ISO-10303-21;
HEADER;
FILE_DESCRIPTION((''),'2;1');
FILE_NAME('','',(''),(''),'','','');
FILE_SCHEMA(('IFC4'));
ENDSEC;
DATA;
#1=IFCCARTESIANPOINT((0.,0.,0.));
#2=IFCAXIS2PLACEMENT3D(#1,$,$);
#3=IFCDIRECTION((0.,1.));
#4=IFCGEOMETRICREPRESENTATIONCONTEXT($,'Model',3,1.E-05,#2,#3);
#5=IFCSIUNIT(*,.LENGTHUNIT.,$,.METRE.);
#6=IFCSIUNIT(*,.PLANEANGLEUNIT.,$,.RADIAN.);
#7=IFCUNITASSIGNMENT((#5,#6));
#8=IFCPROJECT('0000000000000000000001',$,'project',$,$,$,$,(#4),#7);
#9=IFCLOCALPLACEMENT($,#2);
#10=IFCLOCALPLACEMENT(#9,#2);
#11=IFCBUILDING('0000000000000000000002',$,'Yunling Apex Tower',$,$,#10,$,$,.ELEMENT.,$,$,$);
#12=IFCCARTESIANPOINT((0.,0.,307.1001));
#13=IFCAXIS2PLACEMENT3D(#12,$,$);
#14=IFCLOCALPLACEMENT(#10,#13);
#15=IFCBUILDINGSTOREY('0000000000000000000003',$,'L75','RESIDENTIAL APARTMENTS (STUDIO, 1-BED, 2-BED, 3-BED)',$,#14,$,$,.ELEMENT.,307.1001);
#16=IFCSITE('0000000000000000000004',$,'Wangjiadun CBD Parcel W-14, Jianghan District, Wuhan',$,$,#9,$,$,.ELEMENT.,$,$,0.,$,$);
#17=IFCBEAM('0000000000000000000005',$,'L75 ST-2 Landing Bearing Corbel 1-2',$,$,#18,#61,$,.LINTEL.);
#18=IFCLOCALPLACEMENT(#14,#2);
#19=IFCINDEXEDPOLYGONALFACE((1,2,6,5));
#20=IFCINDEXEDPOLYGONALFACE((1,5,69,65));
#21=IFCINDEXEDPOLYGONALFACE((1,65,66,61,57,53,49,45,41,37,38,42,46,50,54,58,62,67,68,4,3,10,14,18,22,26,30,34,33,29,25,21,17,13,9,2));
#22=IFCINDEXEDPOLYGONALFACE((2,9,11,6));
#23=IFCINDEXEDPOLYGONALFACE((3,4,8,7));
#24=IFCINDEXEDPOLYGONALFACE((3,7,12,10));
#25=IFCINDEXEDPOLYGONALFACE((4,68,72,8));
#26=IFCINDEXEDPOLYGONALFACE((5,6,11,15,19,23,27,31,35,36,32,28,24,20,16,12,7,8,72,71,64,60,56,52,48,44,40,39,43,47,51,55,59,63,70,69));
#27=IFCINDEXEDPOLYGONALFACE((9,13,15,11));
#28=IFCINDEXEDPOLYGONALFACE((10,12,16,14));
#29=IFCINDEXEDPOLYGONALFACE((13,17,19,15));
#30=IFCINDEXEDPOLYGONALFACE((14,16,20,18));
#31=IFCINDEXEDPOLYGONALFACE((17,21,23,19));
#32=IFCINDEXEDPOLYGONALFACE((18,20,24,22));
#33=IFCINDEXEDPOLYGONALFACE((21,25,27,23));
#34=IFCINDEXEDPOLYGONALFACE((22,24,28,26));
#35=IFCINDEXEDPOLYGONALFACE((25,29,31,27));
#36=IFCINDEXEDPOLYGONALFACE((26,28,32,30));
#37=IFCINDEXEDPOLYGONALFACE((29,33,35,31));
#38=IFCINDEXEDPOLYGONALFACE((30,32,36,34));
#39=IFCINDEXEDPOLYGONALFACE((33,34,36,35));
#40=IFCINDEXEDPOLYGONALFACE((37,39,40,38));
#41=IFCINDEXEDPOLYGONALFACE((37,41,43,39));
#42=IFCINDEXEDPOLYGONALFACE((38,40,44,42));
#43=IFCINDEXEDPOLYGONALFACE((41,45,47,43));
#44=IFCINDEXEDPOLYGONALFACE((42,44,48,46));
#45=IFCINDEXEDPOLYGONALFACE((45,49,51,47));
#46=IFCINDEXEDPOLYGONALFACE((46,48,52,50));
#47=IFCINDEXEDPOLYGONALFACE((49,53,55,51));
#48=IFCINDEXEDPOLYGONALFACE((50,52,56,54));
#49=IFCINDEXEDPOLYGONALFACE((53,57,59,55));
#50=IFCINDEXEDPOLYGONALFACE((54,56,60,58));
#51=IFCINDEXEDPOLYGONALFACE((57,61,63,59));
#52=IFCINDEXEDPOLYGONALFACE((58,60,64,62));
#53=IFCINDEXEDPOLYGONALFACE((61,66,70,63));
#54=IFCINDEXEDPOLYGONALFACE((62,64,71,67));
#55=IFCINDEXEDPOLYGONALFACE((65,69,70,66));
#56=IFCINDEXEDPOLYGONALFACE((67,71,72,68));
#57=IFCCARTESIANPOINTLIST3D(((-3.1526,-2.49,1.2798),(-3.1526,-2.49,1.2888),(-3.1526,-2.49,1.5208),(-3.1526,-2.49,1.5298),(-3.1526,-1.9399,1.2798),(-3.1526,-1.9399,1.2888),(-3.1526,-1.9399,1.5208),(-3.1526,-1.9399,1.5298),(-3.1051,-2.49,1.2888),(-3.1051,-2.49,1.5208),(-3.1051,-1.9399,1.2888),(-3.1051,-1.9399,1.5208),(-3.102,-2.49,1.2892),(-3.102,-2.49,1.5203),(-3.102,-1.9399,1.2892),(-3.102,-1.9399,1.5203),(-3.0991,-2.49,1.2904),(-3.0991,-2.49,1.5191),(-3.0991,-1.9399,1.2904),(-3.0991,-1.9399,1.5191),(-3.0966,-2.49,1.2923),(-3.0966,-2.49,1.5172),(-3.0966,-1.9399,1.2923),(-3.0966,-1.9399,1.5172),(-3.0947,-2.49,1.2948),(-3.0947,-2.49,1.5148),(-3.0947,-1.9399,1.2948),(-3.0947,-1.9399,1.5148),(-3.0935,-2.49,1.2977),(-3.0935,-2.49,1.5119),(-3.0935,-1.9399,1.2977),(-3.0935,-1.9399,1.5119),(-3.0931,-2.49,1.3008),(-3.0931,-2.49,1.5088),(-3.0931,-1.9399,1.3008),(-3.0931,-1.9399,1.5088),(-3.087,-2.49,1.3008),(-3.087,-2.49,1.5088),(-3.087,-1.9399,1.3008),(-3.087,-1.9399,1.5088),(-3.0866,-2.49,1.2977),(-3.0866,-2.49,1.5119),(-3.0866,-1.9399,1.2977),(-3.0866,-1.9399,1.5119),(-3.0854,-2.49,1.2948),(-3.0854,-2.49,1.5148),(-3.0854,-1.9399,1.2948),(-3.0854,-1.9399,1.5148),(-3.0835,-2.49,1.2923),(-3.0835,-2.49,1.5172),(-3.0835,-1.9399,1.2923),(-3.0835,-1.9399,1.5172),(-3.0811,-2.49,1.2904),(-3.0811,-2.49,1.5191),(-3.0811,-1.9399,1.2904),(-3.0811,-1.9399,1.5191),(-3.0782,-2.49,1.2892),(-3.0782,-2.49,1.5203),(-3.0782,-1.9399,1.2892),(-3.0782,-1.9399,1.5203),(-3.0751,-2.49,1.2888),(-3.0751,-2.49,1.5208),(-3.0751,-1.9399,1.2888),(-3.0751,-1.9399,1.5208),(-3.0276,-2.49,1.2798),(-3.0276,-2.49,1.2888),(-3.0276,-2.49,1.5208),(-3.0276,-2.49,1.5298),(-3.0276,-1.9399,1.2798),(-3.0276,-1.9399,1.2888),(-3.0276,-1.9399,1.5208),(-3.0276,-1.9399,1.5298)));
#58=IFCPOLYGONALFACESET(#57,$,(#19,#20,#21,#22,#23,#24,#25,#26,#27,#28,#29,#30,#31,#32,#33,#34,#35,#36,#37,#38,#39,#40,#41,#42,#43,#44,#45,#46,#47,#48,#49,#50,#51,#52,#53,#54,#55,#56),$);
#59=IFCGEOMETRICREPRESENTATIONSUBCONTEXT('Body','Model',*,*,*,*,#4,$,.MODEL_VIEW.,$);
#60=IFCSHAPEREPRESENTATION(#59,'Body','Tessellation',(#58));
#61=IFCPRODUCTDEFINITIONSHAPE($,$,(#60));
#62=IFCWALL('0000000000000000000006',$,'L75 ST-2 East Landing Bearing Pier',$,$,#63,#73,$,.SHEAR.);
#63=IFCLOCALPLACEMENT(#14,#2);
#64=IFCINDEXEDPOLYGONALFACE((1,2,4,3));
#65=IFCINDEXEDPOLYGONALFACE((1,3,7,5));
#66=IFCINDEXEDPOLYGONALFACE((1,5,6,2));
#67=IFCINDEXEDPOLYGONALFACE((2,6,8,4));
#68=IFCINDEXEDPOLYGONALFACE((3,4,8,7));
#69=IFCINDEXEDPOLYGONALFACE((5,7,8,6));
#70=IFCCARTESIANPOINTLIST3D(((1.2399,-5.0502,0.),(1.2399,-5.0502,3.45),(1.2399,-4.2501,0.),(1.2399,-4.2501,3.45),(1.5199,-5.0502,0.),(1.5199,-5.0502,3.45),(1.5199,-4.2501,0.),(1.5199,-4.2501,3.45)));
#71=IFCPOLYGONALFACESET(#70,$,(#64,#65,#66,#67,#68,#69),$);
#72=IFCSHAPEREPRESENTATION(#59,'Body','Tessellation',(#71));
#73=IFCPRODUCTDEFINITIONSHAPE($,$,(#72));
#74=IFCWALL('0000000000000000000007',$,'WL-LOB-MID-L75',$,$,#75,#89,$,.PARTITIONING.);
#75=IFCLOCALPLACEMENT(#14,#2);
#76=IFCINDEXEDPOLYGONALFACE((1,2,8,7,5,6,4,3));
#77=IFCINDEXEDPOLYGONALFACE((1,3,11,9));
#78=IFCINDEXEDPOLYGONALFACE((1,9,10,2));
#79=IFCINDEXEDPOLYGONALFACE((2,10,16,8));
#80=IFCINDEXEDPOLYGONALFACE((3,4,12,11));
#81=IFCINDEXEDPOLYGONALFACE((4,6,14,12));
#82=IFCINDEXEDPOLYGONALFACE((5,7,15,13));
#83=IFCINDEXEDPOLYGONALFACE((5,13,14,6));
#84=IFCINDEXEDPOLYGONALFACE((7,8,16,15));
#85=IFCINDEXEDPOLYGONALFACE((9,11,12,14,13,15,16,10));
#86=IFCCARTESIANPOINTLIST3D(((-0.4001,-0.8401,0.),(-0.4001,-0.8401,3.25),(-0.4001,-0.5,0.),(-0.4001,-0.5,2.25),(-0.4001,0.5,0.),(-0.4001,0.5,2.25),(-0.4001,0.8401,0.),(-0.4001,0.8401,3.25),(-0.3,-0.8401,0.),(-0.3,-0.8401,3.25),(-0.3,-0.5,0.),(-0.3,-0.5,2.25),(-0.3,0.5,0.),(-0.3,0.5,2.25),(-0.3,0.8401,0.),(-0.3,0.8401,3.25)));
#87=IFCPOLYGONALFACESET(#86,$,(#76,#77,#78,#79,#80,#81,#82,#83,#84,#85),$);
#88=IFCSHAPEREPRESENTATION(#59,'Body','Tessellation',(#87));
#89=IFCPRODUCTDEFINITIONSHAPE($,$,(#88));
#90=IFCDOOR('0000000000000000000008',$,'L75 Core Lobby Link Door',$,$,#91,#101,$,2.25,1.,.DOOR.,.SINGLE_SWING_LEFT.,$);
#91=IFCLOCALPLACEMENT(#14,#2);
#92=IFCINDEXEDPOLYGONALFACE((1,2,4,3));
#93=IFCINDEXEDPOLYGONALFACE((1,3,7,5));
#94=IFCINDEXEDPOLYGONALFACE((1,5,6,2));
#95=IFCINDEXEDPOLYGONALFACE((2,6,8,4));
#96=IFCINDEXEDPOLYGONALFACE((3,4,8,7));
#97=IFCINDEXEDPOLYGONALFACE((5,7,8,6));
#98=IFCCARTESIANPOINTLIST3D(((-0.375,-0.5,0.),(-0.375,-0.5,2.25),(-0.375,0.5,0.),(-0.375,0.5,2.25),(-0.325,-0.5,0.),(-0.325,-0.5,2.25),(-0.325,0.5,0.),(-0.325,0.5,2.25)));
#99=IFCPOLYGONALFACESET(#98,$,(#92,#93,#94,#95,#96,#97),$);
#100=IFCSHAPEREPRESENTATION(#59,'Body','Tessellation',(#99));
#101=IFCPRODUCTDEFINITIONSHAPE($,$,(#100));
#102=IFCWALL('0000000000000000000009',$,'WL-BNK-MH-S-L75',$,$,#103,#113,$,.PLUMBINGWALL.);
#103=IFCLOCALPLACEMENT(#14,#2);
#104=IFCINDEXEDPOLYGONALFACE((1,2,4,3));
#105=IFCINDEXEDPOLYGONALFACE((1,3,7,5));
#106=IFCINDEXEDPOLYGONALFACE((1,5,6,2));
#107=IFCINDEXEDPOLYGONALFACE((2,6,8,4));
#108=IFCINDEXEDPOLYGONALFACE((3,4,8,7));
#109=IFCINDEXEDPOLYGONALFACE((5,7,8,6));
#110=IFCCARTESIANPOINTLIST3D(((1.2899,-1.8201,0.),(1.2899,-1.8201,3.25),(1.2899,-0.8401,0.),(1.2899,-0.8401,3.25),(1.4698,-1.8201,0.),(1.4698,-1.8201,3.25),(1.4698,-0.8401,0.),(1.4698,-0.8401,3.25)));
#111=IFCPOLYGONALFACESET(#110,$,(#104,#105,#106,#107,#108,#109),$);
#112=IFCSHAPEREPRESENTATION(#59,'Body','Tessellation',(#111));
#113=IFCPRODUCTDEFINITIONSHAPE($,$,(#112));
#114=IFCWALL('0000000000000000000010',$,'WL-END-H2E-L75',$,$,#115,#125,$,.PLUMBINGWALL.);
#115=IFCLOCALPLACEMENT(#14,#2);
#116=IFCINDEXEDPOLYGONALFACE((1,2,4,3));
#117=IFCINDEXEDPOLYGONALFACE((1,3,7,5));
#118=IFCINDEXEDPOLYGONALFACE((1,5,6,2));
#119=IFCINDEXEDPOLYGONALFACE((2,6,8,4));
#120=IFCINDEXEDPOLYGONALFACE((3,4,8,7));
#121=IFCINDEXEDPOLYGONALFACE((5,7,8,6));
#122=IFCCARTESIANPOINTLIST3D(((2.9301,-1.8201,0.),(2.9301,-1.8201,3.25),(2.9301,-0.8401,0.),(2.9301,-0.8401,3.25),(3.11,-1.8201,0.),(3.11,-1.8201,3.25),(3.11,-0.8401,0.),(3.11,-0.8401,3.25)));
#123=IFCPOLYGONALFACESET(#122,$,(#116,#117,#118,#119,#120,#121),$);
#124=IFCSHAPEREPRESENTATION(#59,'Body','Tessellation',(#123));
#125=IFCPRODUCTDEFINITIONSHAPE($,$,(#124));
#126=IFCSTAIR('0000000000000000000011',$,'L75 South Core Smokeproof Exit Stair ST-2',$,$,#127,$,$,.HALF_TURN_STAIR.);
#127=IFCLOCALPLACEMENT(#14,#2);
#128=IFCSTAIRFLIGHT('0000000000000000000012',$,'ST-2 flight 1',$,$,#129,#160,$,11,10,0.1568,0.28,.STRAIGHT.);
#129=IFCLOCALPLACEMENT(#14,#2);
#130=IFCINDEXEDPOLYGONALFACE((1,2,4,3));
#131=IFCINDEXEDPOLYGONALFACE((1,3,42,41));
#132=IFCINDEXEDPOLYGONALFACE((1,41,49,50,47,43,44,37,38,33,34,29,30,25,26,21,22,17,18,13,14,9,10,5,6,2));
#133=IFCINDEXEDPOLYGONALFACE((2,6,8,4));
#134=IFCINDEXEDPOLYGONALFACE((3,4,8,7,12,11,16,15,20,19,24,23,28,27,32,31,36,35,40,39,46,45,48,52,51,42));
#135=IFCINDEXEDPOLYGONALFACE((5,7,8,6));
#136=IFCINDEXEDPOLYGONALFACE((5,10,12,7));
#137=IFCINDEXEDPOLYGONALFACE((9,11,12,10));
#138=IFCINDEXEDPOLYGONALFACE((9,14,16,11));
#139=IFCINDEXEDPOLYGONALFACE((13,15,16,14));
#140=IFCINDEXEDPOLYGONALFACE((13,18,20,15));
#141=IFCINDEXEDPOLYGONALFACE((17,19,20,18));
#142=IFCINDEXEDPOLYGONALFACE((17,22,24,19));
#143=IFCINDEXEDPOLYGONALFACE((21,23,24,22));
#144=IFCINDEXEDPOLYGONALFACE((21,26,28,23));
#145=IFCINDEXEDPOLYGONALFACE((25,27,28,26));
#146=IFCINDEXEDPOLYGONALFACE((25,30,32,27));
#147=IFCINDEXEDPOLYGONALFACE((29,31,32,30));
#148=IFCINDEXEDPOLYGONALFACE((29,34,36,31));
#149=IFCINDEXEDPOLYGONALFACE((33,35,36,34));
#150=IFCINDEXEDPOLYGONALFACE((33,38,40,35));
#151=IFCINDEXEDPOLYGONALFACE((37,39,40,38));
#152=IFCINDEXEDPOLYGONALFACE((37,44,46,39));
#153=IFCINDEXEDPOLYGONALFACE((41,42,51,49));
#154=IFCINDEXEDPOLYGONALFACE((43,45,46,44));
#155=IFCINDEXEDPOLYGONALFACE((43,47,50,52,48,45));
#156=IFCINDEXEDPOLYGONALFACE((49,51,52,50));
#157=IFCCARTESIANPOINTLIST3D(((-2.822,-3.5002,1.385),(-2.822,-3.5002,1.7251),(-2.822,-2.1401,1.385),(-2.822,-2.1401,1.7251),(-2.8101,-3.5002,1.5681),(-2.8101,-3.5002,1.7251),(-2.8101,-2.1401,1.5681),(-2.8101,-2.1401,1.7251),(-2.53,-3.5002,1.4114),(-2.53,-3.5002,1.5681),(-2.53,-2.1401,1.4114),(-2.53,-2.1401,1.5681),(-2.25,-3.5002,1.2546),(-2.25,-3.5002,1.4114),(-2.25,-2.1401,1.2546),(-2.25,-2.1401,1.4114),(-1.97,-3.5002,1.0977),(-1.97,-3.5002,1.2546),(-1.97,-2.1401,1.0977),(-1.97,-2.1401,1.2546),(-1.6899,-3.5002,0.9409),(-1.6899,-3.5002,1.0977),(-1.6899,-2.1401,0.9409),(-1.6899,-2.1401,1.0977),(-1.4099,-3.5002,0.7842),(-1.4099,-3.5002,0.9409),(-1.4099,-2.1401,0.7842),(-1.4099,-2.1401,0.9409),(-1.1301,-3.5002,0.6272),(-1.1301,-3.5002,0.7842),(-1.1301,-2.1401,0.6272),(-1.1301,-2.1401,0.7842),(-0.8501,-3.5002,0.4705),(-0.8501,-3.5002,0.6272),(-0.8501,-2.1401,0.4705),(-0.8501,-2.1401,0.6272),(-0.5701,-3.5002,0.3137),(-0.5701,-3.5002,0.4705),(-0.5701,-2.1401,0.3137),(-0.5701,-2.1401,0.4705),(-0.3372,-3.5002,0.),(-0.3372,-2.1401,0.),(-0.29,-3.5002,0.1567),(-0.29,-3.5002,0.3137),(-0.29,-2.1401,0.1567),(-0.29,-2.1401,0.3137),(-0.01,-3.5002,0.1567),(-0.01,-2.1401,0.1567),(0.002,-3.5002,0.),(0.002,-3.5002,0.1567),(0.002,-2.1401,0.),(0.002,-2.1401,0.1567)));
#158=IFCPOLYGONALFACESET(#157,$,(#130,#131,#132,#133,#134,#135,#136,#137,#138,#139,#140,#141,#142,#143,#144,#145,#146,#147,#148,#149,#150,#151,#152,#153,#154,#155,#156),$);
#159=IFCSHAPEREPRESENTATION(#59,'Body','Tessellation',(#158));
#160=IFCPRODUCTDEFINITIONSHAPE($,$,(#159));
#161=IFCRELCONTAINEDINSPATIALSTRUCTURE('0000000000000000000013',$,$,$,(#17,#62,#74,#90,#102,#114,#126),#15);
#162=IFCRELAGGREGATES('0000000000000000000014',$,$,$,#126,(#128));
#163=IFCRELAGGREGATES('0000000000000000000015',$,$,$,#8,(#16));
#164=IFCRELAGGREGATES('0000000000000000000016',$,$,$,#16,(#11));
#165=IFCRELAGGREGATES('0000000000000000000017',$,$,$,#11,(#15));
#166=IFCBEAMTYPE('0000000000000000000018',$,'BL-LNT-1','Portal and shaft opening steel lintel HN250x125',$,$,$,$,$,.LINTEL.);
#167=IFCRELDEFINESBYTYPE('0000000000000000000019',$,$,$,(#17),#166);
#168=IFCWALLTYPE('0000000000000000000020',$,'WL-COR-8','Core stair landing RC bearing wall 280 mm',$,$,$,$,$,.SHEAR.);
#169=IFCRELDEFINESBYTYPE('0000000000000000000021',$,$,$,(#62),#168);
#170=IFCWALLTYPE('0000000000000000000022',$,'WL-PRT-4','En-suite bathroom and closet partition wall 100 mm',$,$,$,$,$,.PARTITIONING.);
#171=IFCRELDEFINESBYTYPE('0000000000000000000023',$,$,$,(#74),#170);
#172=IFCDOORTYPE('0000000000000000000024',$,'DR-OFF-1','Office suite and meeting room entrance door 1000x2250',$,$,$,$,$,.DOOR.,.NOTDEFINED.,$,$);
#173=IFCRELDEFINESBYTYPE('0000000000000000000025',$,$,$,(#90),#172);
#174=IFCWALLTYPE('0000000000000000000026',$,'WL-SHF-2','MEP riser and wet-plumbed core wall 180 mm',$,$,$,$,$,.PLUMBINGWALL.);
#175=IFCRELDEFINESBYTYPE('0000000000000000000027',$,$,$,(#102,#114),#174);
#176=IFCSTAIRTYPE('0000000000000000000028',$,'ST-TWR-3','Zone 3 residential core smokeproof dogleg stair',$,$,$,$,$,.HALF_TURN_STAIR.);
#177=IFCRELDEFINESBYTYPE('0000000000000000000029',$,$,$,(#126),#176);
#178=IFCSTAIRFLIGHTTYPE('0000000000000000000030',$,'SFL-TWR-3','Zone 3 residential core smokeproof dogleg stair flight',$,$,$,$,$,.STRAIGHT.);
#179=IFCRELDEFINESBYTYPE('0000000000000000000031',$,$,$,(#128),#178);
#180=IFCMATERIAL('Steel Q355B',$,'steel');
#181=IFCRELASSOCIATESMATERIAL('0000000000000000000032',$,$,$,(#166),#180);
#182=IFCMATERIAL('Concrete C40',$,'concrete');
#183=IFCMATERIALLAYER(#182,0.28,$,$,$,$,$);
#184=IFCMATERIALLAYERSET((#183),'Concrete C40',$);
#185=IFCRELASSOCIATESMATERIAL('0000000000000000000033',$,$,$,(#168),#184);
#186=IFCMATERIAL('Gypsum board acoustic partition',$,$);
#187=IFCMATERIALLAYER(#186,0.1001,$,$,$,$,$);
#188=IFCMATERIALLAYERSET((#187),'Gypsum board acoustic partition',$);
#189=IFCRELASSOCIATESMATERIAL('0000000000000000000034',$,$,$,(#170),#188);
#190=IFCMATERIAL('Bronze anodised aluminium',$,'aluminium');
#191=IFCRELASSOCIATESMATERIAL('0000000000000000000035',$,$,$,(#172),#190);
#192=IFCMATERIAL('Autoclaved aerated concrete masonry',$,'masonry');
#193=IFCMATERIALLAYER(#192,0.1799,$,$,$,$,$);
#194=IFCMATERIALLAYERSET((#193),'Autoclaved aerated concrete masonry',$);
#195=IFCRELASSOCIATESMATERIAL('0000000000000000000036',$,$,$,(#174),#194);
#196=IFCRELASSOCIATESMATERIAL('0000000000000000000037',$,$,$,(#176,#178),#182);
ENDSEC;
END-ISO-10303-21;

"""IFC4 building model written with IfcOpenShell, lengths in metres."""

from ifc_helpers import new_model, si_unit, direction, frame, frame_2d, origin, origin_2d, place, context, subcontext, project, spatial, polyline, rectangle, i_section, outline, extrude, source, transform, mapped, material, layer, layer_set, material_profile, profile_set, type_object, element, fill, aggregate, save


model = new_model("IFC4")

# Units and contexts
model_context = context("Model", 3, precision=1e-05, world=origin(), true_north=direction((0.0, 1.0)))
body_context = subcontext(model_context, "Body", "Model", "MODEL_VIEW")
ifc_project = project(units=[si_unit("LENGTHUNIT", "METRE"), si_unit("PLANEANGLEUNIT", "RADIAN")], contexts=[model_context])

# Site, building, storey
site_placement = place(None, origin())
site = spatial("IfcSite", under=ifc_project, at=site_placement, Name="Wangjiadun CBD Parcel W-14, Jianghan District, Wuhan", CompositionType="ELEMENT", RefElevation=0.0)
building_placement = place(site_placement, origin())
building = spatial("IfcBuilding", under=site, at=building_placement, Name="Yunling Apex Tower", CompositionType="ELEMENT")
storey_placement = place(building_placement, frame((0.0, 0.0, 307.1001)))
storey = spatial("IfcBuildingStorey", under=building, at=storey_placement, Name="L75", Description="RESIDENTIAL APARTMENTS (STUDIO, 1-BED, 2-BED, 3-BED)", CompositionType="ELEMENT", Elevation=307.1001)

# Beam
ifc_material_1 = material(Name="Steel Q355B", Category="steel")
ifc_material_profile = material_profile(ifc_material_1, i_section(OverallWidth=0.125, OverallDepth=0.25, WebThickness=0.0061, FlangeThickness=0.009, FilletRadius=0.012, at=origin_2d()))
ifc_profile_set = profile_set([ifc_material_profile], Name="Steel Q355B")
beam_type = type_object("IfcBeamType", Name="BL-LNT-1", Description="Portal and shaft opening steel lintel HN250x125", PredefinedType="LINTEL", material=ifc_profile_set)
shared_shape = source(origin(), body_context, "Body", "SweptSolid", [
    extrude(i_section(OverallWidth=0.125, OverallDepth=0.25, WebThickness=0.0061, FlangeThickness=0.009, FilletRadius=0.012, at=origin_2d()), origin(), (0.0, 0.0, 1.0), 0.55),
])
beam_placement = place(storey_placement, frame((-3.0901, -1.9399, 1.4048), z_axis=(0.0, -1.0, 0.0), x_axis=(1.0, 0.0, 0.0)))
element("IfcBeam", 1, at=beam_placement, inside=storey, type_object=beam_type, Name="L75 ST-2 Landing Bearing Corbel 1-2", PredefinedType="LINTEL", context=body_context, shape_type="MappedRepresentation", body=[
    mapped(shared_shape, transform((0.0, 0.0, 0.0), scale=1.0)),
])

# Wall
ifc_material_2 = material(Name="Concrete C40", Category="concrete")
ifc_layer_1 = layer(ifc_material_2, 0.28)
ifc_layer_set_1 = layer_set([ifc_layer_1], Name="Concrete C40")
wall_type_1 = type_object("IfcWallType", Name="WL-COR-8", Description="Core stair landing RC bearing wall 280 mm", PredefinedType="SHEAR", material=ifc_layer_set_1)
wall_1_placement = place(storey_placement, frame((1.3799, -5.05, 0.0), z_axis=(0.0, 0.0, 1.0), x_axis=(0.0, 1.0, 0.0)))
element("IfcWall", 2, at=wall_1_placement, inside=storey, type_object=wall_type_1, Name="L75 ST-2 East Landing Bearing Pier", PredefinedType="SHEAR", context=body_context, shape_type="SweptSolid", body=[
    extrude(rectangle(XDim=0.8, YDim=0.28, at=frame_2d((0.3999, 0.0))), origin(), (0.0, 0.0, 1.0), 3.45),
])

# Wall, opening, door
ifc_material_3 = material(Name="Gypsum board acoustic partition")
ifc_layer_2 = layer(ifc_material_3, 0.1001)
ifc_layer_set_2 = layer_set([ifc_layer_2], Name="Gypsum board acoustic partition")
wall_type_2 = type_object("IfcWallType", Name="WL-PRT-4", Description="En-suite bathroom and closet partition wall 100 mm", PredefinedType="PARTITIONING", material=ifc_layer_set_2)
wall_2_placement = place(storey_placement, frame((-0.3501, -0.8401, 0.0), z_axis=(0.0, 0.0, 1.0), x_axis=(0.0, 1.0, 0.0)))
wall_2 = element("IfcWall", 3, at=wall_2_placement, inside=storey, type_object=wall_type_2, Name="WL-LOB-MID-L75", PredefinedType="PARTITIONING", context=body_context, shape_type="SweptSolid", body=[
    extrude(rectangle(XDim=1.6802, YDim=0.1001, at=frame_2d((0.8401, 0.0))), origin(), (0.0, 0.0, 1.0), 3.25),
])
opening_1_placement = place(wall_2_placement, frame((0.3401, 0.0, 0.0)))
opening_1 = element("IfcOpeningElement", 4, at=opening_1_placement, cuts=wall_2, PredefinedType="OPENING", context=body_context, shape_type="SweptSolid", body=[
    extrude(rectangle(XDim=1.0, YDim=2.25, at=frame_2d((0.5, 1.125))), frame((0.0, 0.0601, 0.0), z_axis=(0.0, -1.0, 0.0), x_axis=(1.0, 0.0, 0.0)), (0.0, 0.0, 1.0), 0.1201),
])
ifc_material_4 = material(Name="Bronze anodised aluminium", Category="aluminium")
door_type_1 = type_object("IfcDoorType", Name="DR-OFF-1", Description="Office suite and meeting room entrance door 1000x2250", OperationType="NOTDEFINED", PredefinedType="DOOR", material=ifc_material_4)
door_1_placement = place(opening_1_placement, origin())
door_1 = element("IfcDoor", 5, at=door_1_placement, inside=storey, type_object=door_type_1, Name="L75 Core Lobby Link Door", OperationType="SINGLE_SWING_LEFT", OverallHeight=2.25, OverallWidth=1.0, PredefinedType="DOOR", context=body_context, shape_type="SweptSolid", body=[
    extrude(rectangle(XDim=1.0, YDim=2.25, at=frame_2d((0.5, 1.125))), frame((0.0, 0.0249, 0.0), z_axis=(0.0, -1.0, 0.0), x_axis=(1.0, 0.0, 0.0)), (0.0, 0.0, 1.0), 0.05),
])
fill(opening_1, door_1)
ifc_material_5 = material(Name="Autoclaved aerated concrete masonry", Category="masonry")

# Walls
ifc_layer_3 = layer(ifc_material_5, 0.1799)
ifc_layer_set_3 = layer_set([ifc_layer_3], Name="Autoclaved aerated concrete masonry")
wall_type_3 = type_object("IfcWallType", Name="WL-SHF-2", Description="MEP riser and wet-plumbed core wall 180 mm", PredefinedType="PLUMBINGWALL", material=ifc_layer_set_3)
for number, where, z_axis, x_axis, name in (
    (6, (1.3799, -1.8201, 0.0), (0.0, 0.0, 1.0), (0.0, 1.0, 0.0), "WL-BNK-MH-S-L75"),
    (7, (3.02, -1.8201, 0.0), (0.0, 0.0, 1.0), (0.0, 1.0, 0.0), "WL-END-H2E-L75"),
):
    element("IfcWall", number, at=place(storey_placement, frame(where, z_axis=z_axis, x_axis=x_axis)), inside=storey, type_object=wall_type_3, Name=name, PredefinedType="PLUMBINGWALL", context=body_context, shape_type="SweptSolid", body=[
        extrude(rectangle(XDim=0.98, YDim=0.1799, at=frame_2d((0.49, 0.0))), origin(), (0.0, 0.0, 1.0), 3.25),
    ])

# Stair, stair flight
stair_type = type_object("IfcStairType", Name="ST-TWR-3", Description="Zone 3 residential core smokeproof dogleg stair", PredefinedType="HALF_TURN_STAIR", material=ifc_material_2)
stair_placement = place(storey_placement, origin())
stair = element("IfcStair", 8, at=stair_placement, inside=storey, type_object=stair_type, Name="L75 South Core Smokeproof Exit Stair ST-2", PredefinedType="HALF_TURN_STAIR")
stair_flight_type = type_object("IfcStairFlightType", Name="SFL-TWR-3", Description="Zone 3 residential core smokeproof dogleg stair flight", PredefinedType="STRAIGHT", material=ifc_material_2)
stair_flight_1_placement = place(storey_placement, frame((-0.01, -2.8201, 0.0), z_axis=(0.0, 0.0, 1.0), x_axis=(-1.0, 0.0, 0.0)))
stair_flight_1 = element("IfcStairFlight", 9, at=stair_flight_1_placement, type_object=stair_flight_type, Name="ST-2 flight 1", NumberOfRisers=11, NumberOfTreads=10, PredefinedType="STRAIGHT", RiserHeight=0.1568, TreadLength=0.28, context=body_context, shape_type="SweptSolid", body=[
    extrude(outline(polyline([(-0.012, 0.0), (-0.012, 0.1567), (0.0, 0.1567), (0.28, 0.1567), (0.28, 0.3137), (0.5601, 0.3137), (0.5601, 0.4705), (0.8401, 0.4705), (0.8401, 0.6272), (1.1201, 0.6272), (1.1201, 0.7842), (1.3999, 0.7842), (1.3999, 0.9409), (1.6799, 0.9409), (1.6799, 1.0977), (1.96, 1.0977), (1.96, 1.2546), (2.24, 1.2546), (2.24, 1.4114), (2.52, 1.4114), (2.52, 1.5681), (2.8, 1.5681), (2.8, 1.7251), (2.812, 1.7251), (2.812, 1.385), (0.3271, 0.0), (-0.012, 0.0)])), frame((0.0, 0.6802, 0.0), z_axis=(0.0, -1.0, 0.0), x_axis=(1.0, 0.0, 0.0)), (0.0, 0.0, 1.0), 1.3601),
])
aggregate(stair, [stair_flight_1])

save(model, "model.ifc")
